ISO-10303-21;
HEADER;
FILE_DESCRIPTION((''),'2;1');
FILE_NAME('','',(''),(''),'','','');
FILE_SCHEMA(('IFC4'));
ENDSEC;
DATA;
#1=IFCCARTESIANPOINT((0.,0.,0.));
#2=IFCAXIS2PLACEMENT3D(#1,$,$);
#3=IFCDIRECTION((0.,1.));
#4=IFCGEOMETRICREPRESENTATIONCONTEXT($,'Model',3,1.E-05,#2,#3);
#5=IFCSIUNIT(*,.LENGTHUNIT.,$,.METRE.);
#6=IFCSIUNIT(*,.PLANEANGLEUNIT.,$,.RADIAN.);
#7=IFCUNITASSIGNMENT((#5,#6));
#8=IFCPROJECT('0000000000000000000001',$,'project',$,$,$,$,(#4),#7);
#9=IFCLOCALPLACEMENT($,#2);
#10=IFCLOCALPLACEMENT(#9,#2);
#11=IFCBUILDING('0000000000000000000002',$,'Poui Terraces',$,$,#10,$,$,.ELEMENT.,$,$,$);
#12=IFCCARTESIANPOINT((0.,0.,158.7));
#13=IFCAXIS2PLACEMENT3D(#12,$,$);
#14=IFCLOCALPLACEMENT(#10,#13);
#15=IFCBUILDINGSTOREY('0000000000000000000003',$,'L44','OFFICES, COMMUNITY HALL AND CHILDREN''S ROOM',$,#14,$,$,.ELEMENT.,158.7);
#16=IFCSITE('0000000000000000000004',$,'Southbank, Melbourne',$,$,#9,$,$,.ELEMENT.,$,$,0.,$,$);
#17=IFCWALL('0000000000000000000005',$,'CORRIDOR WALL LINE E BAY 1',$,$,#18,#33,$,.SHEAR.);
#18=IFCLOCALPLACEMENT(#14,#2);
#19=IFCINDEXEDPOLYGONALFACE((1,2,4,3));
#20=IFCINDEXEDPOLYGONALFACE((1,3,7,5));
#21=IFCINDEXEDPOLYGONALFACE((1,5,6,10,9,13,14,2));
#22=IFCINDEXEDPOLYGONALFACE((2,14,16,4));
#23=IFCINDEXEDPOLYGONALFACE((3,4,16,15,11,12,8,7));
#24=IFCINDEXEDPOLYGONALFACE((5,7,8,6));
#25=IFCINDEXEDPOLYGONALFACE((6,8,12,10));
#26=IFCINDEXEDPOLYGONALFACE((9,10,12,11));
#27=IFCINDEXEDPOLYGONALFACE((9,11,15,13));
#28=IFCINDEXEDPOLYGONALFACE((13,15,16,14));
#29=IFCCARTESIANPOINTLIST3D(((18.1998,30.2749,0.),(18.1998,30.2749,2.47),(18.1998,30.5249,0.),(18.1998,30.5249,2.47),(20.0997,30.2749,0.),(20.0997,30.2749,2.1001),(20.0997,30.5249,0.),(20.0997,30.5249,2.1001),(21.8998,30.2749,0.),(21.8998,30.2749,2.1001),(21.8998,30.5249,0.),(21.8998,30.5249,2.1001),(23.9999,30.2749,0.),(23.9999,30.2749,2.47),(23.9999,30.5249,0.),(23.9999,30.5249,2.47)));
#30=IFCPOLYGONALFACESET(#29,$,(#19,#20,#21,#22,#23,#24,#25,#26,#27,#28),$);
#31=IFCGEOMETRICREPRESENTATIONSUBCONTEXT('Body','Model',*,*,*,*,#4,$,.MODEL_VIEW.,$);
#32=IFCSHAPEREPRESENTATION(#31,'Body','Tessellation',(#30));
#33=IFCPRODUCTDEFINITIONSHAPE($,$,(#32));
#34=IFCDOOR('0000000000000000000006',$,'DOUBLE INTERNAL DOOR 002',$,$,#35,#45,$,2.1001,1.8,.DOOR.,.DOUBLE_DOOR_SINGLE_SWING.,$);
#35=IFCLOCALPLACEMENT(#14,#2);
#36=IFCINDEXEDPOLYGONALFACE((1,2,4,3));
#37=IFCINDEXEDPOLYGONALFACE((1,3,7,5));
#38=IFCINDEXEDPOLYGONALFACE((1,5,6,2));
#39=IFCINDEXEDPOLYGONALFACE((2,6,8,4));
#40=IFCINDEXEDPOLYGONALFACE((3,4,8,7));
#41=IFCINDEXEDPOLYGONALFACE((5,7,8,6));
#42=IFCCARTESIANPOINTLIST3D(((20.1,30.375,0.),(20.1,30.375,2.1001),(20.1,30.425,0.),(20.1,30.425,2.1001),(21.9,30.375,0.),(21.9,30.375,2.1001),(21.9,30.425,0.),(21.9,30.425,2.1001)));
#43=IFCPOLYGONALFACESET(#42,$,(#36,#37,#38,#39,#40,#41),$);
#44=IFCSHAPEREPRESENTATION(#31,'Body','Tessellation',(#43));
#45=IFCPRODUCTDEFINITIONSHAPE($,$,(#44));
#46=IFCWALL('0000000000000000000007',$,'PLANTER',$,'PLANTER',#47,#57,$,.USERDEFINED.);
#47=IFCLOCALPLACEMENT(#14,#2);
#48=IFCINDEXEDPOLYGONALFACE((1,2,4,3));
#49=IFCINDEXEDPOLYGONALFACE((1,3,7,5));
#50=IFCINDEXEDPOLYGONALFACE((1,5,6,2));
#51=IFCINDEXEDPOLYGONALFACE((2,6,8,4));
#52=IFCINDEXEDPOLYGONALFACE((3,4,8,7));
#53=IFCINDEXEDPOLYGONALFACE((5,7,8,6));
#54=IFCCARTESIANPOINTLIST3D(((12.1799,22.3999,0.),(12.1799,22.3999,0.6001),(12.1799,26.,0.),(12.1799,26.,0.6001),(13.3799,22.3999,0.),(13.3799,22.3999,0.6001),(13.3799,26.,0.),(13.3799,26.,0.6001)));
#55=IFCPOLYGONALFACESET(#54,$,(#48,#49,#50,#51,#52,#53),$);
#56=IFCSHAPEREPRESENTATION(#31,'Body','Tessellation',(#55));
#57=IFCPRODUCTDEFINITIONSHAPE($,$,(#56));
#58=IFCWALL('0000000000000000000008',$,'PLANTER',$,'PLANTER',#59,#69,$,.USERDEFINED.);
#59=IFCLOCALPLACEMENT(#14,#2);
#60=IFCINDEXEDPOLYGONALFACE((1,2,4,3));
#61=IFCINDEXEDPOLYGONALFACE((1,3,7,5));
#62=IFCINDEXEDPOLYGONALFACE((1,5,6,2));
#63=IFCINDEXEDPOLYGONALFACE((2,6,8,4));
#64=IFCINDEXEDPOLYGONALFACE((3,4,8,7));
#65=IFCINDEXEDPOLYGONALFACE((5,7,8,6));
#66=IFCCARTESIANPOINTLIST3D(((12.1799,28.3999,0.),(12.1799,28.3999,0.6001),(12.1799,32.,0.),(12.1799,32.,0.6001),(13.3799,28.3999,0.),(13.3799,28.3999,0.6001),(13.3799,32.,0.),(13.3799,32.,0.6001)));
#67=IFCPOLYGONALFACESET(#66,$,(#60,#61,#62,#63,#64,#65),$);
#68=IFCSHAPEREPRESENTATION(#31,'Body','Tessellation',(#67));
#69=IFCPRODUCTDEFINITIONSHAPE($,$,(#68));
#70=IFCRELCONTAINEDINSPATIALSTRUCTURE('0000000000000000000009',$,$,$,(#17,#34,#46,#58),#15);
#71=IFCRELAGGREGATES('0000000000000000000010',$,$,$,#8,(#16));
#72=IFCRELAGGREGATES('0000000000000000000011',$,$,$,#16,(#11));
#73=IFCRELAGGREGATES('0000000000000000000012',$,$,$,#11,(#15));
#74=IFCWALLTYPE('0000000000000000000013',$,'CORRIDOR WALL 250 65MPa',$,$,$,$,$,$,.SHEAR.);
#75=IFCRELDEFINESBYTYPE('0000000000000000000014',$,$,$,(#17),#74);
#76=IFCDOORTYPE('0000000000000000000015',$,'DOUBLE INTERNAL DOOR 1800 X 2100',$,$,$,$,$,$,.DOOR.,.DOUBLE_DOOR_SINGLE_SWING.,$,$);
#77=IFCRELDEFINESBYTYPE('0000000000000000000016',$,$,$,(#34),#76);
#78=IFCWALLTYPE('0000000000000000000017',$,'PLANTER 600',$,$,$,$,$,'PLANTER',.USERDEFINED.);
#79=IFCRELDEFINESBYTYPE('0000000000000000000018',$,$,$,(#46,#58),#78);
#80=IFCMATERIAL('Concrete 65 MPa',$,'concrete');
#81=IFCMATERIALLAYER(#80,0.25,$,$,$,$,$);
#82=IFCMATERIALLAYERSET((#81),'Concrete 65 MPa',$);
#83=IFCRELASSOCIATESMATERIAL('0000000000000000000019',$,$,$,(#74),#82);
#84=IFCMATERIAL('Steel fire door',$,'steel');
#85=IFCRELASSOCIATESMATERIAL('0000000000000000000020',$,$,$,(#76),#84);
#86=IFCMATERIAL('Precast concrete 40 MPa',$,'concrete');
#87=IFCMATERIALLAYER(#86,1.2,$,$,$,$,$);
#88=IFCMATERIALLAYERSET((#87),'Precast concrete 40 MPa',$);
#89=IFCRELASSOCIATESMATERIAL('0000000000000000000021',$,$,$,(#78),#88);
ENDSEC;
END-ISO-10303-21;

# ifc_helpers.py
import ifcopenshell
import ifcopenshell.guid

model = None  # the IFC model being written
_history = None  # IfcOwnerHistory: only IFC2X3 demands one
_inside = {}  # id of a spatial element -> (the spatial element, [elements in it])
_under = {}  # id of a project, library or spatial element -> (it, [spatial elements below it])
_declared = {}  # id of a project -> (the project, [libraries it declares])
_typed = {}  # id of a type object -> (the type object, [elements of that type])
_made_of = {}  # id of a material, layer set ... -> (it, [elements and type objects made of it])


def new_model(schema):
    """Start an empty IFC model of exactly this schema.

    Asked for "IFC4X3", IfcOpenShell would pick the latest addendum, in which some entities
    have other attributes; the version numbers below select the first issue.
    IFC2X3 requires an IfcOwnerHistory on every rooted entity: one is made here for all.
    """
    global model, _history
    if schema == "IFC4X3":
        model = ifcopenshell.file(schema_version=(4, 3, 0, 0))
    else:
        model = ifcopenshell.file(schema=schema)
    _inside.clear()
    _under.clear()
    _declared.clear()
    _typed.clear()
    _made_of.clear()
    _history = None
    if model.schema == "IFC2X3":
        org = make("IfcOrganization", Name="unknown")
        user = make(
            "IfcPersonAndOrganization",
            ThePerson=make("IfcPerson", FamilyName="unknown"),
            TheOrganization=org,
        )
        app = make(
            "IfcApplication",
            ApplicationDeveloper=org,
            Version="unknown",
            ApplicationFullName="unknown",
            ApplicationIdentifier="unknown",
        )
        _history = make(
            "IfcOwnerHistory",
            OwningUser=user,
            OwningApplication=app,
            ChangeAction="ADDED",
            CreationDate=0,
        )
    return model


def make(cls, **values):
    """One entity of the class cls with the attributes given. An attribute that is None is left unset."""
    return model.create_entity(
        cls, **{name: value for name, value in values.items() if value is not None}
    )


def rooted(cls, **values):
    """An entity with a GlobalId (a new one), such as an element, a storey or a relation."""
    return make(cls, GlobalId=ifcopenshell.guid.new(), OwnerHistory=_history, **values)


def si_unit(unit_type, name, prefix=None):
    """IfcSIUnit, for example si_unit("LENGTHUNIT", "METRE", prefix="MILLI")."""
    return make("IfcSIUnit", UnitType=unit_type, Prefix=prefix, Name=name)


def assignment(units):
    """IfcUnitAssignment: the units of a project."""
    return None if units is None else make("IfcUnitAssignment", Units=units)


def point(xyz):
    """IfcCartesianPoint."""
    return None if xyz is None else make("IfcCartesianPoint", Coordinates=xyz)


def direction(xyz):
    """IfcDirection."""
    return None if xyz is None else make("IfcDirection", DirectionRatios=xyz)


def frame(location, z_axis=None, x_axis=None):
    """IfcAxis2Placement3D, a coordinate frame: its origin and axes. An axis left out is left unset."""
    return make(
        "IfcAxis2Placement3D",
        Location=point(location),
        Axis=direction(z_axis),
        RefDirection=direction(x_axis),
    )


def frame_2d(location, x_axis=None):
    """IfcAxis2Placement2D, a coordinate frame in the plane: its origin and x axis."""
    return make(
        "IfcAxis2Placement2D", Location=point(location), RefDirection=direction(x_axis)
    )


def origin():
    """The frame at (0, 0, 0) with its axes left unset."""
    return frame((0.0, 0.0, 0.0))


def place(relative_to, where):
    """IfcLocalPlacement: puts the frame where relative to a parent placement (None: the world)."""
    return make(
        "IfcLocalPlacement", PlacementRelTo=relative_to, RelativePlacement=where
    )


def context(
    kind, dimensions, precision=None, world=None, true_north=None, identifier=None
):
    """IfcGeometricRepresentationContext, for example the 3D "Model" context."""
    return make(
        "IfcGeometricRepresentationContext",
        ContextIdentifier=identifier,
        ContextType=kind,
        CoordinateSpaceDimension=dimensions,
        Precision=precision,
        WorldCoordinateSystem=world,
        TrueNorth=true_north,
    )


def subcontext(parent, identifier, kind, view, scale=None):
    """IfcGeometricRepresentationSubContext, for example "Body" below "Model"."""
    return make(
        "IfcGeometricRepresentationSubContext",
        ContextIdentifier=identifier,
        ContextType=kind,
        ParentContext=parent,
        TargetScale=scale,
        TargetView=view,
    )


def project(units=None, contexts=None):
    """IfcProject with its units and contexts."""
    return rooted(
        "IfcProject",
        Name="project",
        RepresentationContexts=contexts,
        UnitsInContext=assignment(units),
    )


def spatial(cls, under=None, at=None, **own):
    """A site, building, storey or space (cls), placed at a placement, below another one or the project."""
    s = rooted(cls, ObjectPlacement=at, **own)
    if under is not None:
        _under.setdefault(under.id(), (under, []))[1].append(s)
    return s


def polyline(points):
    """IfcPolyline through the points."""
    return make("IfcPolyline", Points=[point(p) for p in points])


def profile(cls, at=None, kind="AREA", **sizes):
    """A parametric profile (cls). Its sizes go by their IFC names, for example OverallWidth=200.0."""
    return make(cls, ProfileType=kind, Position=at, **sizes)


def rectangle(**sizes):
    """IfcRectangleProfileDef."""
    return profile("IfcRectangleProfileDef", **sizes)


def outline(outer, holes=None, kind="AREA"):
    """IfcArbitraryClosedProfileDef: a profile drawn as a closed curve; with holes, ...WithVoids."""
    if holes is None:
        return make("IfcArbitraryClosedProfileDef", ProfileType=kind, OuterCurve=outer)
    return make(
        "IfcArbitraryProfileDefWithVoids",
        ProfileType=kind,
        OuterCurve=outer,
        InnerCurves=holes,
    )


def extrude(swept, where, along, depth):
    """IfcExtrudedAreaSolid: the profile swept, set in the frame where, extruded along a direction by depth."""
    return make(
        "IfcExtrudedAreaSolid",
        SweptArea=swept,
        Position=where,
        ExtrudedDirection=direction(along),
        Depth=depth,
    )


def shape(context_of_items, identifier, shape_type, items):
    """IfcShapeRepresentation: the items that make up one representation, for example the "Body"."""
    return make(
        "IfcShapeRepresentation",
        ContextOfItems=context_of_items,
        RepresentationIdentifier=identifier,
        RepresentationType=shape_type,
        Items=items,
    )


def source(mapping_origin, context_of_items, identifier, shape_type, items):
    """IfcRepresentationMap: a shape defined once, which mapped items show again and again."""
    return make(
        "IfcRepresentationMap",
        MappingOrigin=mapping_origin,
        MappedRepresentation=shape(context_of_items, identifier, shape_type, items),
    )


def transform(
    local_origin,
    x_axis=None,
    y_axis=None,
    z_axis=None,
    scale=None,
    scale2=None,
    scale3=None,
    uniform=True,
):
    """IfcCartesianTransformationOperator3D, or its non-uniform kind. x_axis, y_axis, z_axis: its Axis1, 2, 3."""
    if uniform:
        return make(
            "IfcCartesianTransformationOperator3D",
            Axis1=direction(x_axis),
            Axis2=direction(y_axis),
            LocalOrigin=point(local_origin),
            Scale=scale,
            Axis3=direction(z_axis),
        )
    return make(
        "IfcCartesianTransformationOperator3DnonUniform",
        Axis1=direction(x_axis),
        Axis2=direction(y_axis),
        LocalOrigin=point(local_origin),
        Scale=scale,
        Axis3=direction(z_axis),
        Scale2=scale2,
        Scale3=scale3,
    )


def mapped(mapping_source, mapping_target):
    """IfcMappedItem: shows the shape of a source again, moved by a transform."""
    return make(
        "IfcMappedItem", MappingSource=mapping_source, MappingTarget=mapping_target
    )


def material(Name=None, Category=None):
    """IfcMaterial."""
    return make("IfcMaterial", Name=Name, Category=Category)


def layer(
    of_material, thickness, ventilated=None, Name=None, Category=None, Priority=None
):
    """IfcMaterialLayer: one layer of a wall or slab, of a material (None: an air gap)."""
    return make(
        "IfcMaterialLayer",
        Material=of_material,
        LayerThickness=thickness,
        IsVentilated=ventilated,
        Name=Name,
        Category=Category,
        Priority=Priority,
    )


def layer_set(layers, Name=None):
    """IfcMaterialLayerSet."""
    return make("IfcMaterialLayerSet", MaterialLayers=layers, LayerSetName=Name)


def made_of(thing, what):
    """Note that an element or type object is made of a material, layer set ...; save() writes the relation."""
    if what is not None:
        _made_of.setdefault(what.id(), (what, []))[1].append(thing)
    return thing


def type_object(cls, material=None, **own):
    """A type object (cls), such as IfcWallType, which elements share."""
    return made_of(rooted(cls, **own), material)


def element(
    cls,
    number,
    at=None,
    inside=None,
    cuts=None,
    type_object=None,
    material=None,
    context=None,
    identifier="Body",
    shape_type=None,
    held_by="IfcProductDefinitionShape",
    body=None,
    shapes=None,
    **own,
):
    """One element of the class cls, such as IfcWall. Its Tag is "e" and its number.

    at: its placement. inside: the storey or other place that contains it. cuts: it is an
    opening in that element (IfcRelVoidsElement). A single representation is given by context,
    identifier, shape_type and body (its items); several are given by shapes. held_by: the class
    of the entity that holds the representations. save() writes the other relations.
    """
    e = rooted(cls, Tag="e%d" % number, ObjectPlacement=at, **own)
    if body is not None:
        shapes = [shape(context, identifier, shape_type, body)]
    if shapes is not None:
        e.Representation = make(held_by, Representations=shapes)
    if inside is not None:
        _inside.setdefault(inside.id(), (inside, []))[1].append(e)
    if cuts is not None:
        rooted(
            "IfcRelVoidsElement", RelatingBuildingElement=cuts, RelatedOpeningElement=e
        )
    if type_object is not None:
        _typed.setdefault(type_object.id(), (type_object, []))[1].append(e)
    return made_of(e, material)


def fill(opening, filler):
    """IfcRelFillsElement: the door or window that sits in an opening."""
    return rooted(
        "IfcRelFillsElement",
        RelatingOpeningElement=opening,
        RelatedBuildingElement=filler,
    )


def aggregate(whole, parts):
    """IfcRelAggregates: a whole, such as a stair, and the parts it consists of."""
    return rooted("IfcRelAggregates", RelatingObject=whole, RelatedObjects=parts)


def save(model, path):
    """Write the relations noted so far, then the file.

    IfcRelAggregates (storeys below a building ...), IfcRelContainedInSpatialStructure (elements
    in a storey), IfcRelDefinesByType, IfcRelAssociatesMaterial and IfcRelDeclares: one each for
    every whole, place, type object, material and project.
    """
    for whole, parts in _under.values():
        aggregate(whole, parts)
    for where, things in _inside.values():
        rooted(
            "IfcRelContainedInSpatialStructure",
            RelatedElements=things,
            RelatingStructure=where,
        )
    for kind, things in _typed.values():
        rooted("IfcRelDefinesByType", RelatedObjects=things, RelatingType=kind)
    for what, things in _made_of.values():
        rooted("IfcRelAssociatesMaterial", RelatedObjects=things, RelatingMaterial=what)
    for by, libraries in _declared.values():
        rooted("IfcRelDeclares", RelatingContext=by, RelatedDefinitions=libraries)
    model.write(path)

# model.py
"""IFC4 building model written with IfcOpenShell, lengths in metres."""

from ifc_helpers import new_model, si_unit, direction, frame, frame_2d, origin, place, context, subcontext, project, spatial, polyline, rectangle, outline, extrude, source, transform, mapped, material, layer, layer_set, type_object, element, fill, save


model = new_model("IFC4")

# Units and contexts
model_context = context("Model", 3, precision=1e-05, world=origin(), true_north=direction((0.0, 1.0)))
body_context = subcontext(model_context, "Body", "Model", "MODEL_VIEW")
ifc_project = project(units=[si_unit("LENGTHUNIT", "METRE"), si_unit("PLANEANGLEUNIT", "RADIAN")], contexts=[model_context])

# Site, building, storey
site_placement = place(None, origin())
site = spatial("IfcSite", under=ifc_project, at=site_placement, Name="Southbank, Melbourne", CompositionType="ELEMENT", RefElevation=0.0)
building_placement = place(site_placement, origin())
building = spatial("IfcBuilding", under=site, at=building_placement, Name="Poui Terraces", CompositionType="ELEMENT")
storey_placement = place(building_placement, frame((0.0, 0.0, 158.7)))
storey = spatial("IfcBuildingStorey", under=building, at=storey_placement, Name="L44", Description="OFFICES, COMMUNITY HALL AND CHILDREN'S ROOM", CompositionType="ELEMENT", Elevation=158.7)

# Wall, opening, door
ifc_material_1 = material(Name="Concrete 65 MPa", Category="concrete")
ifc_layer_1 = layer(ifc_material_1, 0.25)
ifc_layer_set_1 = layer_set([ifc_layer_1], Name="Concrete 65 MPa")
wall_type_1 = type_object("IfcWallType", Name="CORRIDOR WALL 250 65MPa", PredefinedType="SHEAR", material=ifc_layer_set_1)
wall_1_placement = place(storey_placement, frame((18.2, 30.3999, 0.0), z_axis=(0.0, 0.0, 1.0), x_axis=(1.0, 0.0, 0.0)))
wall_1 = element("IfcWall", 1, at=wall_1_placement, inside=storey, type_object=wall_type_1, Name="CORRIDOR WALL LINE E BAY 1", PredefinedType="SHEAR", context=body_context, shape_type="SweptSolid", body=[
    extrude(rectangle(XDim=5.8, YDim=0.25, at=frame_2d((2.8999, 0.0))), origin(), (0.0, 0.0, 1.0), 2.47),
])
opening_1_placement = place(wall_1_placement, frame((1.8999, 0.0, 0.0)))
opening_1 = element("IfcOpeningElement", 2, at=opening_1_placement, cuts=wall_1, PredefinedType="OPENING", context=body_context, shape_type="SweptSolid", body=[
    extrude(rectangle(XDim=1.8, YDim=2.1001, at=frame_2d((0.8999, 1.05))), frame((0.0, 0.135, 0.0), z_axis=(0.0, -1.0, 0.0), x_axis=(1.0, 0.0, 0.0)), (0.0, 0.0, 1.0), 0.27),
])
ifc_material_2 = material(Name="Steel fire door", Category="steel")
door_type_1 = type_object("IfcDoorType", Name="DOUBLE INTERNAL DOOR 1800 X 2100", OperationType="DOUBLE_DOOR_SINGLE_SWING", PredefinedType="DOOR", material=ifc_material_2)
door_1_placement = place(opening_1_placement, frame((1.8, 0.0, 0.0), z_axis=(0.0, 0.0, 1.0), x_axis=(-1.0, 0.0, 0.0)))
door_1 = element("IfcDoor", 3, at=door_1_placement, inside=storey, type_object=door_type_1, Name="DOUBLE INTERNAL DOOR 002", OperationType="DOUBLE_DOOR_SINGLE_SWING", OverallHeight=2.1001, OverallWidth=1.8, PredefinedType="DOOR", context=body_context, shape_type="SweptSolid", body=[
    extrude(rectangle(XDim=1.8, YDim=2.1001, at=frame_2d((0.8999, 1.05))), frame((0.0, 0.0249, 0.0), z_axis=(0.0, -1.0, 0.0), x_axis=(1.0, 0.0, 0.0)), (0.0, 0.0, 1.0), 0.05),
])
fill(opening_1, door_1)

# Walls
ifc_material_3 = material(Name="Precast concrete 40 MPa", Category="concrete")
ifc_layer_2 = layer(ifc_material_3, 1.2)
ifc_layer_set_2 = layer_set([ifc_layer_2], Name="Precast concrete 40 MPa")
wall_type_2 = type_object("IfcWallType", Name="PLANTER 600", ElementType="PLANTER", PredefinedType="USERDEFINED", material=ifc_layer_set_2)
shared_shape = source(origin(), body_context, "Body", "SweptSolid", [
    extrude(outline(polyline([(0.0, 0.0), (1.2, 0.0), (1.2, 3.6001), (0.0, 3.6001), (0.0, 0.0)])), origin(), (0.0, 0.0, 1.0), 0.6001),
])
for number, where, name in (
    (4, (12.1799, 22.3999, 0.0), "PLANTER"),
    (5, (12.1799, 28.3999, 0.0), "PLANTER"),
):
    element("IfcWall", number, at=place(storey_placement, frame(where)), inside=storey, type_object=wall_type_2, Name=name, ObjectType="PLANTER", PredefinedType="USERDEFINED", context=body_context, shape_type="MappedRepresentation", body=[
        mapped(shared_shape, transform((0.0, 0.0, 0.0))),
    ])

save(model, "model.ifc")
